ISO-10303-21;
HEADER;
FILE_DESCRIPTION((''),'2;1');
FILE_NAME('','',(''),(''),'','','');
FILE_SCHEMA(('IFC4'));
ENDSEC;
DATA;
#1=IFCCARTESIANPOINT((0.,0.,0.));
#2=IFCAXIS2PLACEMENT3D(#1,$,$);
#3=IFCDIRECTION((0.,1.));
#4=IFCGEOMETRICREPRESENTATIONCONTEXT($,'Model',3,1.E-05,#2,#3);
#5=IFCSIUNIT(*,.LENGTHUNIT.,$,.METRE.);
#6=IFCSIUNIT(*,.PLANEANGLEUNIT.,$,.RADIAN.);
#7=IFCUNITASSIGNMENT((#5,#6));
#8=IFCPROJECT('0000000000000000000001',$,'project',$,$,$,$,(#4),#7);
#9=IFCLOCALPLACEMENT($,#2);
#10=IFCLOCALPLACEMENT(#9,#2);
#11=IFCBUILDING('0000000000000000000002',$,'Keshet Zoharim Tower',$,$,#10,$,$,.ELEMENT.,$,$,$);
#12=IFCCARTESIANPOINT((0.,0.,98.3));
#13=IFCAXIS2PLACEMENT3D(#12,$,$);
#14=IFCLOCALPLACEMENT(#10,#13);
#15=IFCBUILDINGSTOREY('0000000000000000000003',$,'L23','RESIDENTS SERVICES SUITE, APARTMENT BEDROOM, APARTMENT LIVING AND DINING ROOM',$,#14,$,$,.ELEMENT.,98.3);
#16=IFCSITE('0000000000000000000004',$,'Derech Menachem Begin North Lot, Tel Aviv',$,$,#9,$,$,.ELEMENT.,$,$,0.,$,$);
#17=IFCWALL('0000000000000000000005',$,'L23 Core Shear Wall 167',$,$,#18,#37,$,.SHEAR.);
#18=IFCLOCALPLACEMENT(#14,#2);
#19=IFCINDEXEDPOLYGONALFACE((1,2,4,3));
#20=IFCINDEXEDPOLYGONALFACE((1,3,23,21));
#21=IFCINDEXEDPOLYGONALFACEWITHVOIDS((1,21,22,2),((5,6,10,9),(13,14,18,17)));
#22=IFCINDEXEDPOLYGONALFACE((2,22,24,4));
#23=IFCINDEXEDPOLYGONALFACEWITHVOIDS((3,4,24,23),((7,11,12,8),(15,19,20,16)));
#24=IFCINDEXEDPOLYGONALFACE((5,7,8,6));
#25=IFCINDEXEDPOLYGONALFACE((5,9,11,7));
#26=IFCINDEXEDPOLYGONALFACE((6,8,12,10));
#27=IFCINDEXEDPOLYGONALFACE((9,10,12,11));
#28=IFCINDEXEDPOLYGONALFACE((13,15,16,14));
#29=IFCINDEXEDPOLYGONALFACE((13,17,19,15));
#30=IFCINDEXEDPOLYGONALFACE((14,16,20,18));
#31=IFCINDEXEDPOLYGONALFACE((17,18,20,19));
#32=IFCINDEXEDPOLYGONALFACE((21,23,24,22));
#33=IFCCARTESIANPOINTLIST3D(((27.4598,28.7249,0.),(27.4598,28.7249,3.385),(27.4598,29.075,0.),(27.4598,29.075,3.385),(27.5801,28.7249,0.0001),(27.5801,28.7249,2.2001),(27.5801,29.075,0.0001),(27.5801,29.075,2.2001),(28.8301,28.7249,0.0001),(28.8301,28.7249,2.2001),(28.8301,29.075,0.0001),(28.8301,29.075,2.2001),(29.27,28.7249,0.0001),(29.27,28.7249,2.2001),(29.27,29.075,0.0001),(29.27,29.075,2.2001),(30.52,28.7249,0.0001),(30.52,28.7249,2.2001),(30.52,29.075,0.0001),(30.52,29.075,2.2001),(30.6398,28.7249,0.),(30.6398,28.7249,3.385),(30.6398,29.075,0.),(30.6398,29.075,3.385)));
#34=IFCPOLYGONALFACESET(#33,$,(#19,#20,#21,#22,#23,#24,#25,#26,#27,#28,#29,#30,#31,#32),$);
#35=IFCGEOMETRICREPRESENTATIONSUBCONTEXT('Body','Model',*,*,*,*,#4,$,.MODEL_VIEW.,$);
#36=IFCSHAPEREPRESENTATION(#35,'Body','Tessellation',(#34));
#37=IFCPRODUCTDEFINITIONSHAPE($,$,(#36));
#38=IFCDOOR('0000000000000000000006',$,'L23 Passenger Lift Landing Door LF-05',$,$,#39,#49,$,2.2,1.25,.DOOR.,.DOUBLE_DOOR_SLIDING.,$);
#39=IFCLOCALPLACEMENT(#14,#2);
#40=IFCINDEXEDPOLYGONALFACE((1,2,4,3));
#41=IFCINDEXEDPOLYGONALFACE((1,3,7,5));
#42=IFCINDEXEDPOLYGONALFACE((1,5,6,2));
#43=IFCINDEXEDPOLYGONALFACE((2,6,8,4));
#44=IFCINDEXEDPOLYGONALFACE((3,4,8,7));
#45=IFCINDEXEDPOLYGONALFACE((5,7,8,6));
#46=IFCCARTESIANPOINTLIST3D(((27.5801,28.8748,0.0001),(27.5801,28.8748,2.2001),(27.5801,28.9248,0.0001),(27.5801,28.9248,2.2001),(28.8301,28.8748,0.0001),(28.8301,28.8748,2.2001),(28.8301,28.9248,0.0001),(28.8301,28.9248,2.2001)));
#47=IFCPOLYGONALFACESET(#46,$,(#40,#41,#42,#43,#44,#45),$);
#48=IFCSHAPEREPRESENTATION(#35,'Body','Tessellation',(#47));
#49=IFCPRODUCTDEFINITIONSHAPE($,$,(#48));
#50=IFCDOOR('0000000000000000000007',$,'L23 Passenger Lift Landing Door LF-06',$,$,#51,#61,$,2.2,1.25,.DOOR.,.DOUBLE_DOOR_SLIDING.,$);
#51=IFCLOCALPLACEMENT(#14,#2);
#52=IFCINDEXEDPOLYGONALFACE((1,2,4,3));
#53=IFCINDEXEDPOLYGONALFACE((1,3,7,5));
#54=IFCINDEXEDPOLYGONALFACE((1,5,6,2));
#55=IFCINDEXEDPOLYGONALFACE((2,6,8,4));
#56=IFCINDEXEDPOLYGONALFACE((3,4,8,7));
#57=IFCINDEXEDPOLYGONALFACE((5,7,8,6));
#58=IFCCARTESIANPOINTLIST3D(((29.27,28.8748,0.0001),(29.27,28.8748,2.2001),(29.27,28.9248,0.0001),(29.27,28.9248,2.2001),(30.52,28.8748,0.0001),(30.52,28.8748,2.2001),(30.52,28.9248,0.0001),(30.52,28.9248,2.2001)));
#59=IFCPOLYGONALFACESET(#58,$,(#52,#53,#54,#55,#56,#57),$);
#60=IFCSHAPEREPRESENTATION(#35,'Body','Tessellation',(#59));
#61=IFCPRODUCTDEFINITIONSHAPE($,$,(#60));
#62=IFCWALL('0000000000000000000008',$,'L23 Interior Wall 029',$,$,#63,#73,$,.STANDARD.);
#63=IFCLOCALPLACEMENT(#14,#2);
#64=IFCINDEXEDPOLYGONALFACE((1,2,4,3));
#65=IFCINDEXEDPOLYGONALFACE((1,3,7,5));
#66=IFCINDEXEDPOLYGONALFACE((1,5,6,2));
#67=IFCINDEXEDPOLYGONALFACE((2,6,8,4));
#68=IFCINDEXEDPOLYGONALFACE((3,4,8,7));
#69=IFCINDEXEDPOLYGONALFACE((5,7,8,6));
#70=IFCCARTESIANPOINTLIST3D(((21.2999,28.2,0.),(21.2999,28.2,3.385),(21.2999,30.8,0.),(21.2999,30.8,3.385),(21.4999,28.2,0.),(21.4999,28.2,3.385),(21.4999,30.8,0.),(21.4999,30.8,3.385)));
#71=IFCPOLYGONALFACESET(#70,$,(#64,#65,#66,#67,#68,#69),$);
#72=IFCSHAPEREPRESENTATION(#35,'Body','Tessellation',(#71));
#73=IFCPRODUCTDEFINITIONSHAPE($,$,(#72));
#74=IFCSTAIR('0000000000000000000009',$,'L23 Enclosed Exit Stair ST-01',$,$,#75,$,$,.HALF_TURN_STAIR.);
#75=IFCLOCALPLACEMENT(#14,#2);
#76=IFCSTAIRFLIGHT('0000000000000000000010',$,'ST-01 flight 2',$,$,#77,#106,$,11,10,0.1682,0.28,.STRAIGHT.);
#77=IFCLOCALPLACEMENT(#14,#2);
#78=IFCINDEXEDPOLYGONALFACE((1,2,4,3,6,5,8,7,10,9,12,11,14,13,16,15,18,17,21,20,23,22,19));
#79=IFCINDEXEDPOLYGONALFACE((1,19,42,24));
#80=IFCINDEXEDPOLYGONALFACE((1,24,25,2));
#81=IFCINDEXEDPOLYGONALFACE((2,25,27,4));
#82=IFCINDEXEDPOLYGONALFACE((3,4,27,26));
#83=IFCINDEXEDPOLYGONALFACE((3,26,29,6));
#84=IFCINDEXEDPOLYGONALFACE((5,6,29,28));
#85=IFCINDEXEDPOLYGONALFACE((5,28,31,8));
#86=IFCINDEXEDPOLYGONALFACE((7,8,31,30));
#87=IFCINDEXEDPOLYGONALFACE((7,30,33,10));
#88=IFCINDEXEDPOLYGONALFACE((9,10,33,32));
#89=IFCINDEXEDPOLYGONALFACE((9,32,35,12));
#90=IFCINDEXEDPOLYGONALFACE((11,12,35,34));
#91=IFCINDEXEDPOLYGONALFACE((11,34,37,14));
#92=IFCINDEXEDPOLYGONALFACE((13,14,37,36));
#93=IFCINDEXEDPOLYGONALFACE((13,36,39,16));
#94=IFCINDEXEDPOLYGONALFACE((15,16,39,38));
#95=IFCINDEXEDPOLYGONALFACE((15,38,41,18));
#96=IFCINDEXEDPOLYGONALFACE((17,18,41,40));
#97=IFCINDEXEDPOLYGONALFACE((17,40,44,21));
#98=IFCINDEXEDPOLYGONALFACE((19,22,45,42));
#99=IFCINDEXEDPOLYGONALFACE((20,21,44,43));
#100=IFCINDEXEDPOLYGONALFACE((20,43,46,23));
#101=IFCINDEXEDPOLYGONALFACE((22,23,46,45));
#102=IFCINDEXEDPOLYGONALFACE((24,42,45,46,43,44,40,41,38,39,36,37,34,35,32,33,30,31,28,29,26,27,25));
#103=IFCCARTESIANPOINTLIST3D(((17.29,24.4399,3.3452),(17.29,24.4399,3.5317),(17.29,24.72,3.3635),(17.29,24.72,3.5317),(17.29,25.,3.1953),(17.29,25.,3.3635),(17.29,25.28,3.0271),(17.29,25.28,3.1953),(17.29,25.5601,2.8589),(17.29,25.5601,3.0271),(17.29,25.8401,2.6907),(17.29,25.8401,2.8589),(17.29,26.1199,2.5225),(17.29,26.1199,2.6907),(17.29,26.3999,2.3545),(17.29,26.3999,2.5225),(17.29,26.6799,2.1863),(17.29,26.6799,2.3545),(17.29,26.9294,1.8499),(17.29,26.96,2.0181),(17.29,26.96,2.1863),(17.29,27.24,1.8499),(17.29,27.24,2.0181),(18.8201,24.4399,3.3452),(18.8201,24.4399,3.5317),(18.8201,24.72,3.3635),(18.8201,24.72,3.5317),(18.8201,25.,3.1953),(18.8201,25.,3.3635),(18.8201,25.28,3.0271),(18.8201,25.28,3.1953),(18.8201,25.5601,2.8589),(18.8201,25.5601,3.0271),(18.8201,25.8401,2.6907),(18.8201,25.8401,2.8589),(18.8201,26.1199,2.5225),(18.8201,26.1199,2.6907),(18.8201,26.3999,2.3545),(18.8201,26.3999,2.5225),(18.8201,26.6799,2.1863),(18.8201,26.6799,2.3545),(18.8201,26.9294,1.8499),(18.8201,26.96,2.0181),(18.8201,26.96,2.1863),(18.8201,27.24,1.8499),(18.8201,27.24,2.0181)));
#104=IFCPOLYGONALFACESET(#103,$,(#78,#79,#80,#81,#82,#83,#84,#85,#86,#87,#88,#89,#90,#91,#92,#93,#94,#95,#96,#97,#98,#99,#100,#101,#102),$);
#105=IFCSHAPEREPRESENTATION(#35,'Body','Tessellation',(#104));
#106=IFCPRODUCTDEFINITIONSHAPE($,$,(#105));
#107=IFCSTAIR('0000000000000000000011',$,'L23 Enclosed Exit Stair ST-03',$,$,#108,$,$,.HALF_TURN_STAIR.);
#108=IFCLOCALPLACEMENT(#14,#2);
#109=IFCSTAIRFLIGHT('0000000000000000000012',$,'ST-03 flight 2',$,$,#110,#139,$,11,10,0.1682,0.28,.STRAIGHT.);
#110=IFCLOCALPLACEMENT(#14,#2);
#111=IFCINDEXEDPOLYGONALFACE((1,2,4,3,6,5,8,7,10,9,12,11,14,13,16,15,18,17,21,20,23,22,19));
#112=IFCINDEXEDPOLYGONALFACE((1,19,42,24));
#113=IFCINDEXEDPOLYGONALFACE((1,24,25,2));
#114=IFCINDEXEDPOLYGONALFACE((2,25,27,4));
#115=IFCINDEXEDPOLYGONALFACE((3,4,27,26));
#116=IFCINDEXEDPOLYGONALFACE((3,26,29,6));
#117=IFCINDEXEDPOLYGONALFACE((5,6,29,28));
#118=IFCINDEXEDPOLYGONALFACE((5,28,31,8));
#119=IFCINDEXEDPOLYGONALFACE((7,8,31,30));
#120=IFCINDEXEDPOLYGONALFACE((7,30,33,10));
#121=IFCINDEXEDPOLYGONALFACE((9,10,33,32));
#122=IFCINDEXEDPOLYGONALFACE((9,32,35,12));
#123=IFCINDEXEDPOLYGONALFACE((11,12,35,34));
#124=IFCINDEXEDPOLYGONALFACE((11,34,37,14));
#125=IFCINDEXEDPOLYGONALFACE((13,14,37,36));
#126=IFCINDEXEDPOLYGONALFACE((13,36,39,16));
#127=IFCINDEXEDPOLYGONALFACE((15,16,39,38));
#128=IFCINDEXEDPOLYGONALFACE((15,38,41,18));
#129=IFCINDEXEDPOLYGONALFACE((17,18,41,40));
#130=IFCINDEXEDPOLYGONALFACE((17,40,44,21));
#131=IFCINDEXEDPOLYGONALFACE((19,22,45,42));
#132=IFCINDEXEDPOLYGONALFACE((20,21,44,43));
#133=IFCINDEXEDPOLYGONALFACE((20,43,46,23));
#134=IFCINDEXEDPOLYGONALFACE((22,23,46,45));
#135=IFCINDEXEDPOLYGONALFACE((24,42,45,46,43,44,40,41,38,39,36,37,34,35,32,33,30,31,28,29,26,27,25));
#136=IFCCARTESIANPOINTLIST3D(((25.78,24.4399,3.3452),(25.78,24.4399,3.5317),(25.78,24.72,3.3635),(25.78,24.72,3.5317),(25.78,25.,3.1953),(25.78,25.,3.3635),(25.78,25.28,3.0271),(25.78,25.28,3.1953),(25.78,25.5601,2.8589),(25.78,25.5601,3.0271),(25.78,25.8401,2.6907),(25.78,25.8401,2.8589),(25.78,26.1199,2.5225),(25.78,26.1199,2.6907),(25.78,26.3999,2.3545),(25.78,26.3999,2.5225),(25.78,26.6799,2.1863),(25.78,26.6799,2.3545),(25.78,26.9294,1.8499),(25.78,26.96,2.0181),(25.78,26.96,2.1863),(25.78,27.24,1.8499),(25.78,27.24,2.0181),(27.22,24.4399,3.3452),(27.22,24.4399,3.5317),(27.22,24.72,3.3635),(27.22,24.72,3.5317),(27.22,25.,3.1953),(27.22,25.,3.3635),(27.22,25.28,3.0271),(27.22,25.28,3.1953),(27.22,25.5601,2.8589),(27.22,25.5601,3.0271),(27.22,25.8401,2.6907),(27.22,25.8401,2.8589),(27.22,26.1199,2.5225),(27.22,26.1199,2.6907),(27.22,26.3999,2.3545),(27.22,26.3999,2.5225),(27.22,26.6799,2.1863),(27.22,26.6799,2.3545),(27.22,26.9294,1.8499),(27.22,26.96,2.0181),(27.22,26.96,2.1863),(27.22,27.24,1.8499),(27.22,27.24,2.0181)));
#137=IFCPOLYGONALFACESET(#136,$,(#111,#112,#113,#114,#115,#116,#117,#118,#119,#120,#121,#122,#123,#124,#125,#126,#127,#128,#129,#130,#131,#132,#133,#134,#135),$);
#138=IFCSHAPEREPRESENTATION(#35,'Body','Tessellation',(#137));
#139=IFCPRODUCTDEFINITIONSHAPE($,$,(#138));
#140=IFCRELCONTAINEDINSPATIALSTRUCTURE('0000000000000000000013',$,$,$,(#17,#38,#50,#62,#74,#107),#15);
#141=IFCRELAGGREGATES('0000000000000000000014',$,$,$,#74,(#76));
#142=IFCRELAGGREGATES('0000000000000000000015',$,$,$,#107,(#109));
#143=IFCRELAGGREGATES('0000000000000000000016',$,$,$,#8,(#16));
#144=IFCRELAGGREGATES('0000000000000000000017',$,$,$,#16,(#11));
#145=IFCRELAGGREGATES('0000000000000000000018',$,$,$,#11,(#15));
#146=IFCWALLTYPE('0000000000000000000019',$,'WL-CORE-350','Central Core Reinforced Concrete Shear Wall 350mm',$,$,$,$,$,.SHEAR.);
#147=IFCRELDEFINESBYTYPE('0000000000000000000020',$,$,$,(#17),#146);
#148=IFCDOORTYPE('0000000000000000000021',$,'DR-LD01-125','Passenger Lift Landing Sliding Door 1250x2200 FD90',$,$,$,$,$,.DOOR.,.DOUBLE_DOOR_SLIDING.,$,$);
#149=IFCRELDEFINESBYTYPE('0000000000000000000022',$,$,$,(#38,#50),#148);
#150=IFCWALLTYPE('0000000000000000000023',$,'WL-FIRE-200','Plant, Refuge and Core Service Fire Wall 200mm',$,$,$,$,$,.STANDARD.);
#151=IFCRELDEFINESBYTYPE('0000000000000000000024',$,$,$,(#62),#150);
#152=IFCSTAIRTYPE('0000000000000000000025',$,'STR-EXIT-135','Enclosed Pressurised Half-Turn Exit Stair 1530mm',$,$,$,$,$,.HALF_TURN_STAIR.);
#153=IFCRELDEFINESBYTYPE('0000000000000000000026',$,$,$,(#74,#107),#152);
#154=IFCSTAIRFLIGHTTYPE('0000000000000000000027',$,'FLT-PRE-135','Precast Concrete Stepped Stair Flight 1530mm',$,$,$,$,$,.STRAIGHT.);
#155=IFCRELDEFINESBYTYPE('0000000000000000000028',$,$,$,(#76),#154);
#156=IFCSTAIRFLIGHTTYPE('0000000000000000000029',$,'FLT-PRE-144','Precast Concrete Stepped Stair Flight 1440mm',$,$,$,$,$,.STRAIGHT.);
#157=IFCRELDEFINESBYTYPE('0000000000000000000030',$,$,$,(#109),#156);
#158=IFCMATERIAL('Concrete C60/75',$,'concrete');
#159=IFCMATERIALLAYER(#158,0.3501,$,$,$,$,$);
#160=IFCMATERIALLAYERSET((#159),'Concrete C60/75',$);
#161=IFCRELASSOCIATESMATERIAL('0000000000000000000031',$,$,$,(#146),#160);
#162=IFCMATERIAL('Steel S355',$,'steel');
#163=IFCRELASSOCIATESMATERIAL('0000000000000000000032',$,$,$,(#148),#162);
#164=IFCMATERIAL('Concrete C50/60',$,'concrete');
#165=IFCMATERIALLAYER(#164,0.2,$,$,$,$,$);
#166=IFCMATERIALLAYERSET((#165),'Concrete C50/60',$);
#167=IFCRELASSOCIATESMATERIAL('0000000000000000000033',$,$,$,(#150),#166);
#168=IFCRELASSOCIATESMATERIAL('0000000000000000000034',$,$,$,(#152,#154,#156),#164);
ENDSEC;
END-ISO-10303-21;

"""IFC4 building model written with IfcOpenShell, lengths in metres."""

from ifc_helpers import new_model, si_unit, direction, frame, frame_2d, origin, place, context, subcontext, project, spatial, polyline, rectangle, outline, extrude, material, layer, layer_set, type_object, element, fill, aggregate, save


model = new_model("IFC4")

# Units and contexts
model_context = context("Model", 3, precision=1e-05, world=origin(), true_north=direction((0.0, 1.0)))
body_context = subcontext(model_context, "Body", "Model", "MODEL_VIEW")
ifc_project = project(units=[si_unit("LENGTHUNIT", "METRE"), si_unit("PLANEANGLEUNIT", "RADIAN")], contexts=[model_context])

# Site, building, storey
site_placement = place(None, origin())
site = spatial("IfcSite", under=ifc_project, at=site_placement, Name="Derech Menachem Begin North Lot, Tel Aviv", CompositionType="ELEMENT", RefElevation=0.0)
building_placement = place(site_placement, origin())
building = spatial("IfcBuilding", under=site, at=building_placement, Name="Keshet Zoharim Tower", CompositionType="ELEMENT")
storey_placement = place(building_placement, frame((0.0, 0.0, 98.3)))
storey = spatial("IfcBuildingStorey", under=building, at=storey_placement, Name="L23", Description="RESIDENTS SERVICES SUITE, APARTMENT BEDROOM, APARTMENT LIVING AND DINING ROOM", CompositionType="ELEMENT", Elevation=98.3)

# Shared definitions
ifc_material_1 = material(Name="Concrete C60/75", Category="concrete")
ifc_layer_1 = layer(ifc_material_1, 0.3501)
ifc_layer_set_1 = layer_set([ifc_layer_1], Name="Concrete C60/75")
wall_type_1 = type_object("IfcWallType", Name="WL-CORE-350", Description="Central Core Reinforced Concrete Shear Wall 350mm", PredefinedType="SHEAR", material=ifc_layer_set_1)

# Wall, openings, doors
ifc_material_2 = material(Name="Steel S355", Category="steel")
door_type_1 = type_object("IfcDoorType", Name="DR-LD01-125", Description="Passenger Lift Landing Sliding Door 1250x2200 FD90", OperationType="DOUBLE_DOOR_SLIDING", PredefinedType="DOOR", material=ifc_material_2)
wall_1_placement = place(storey_placement, frame((27.46, 28.8999, 0.0), z_axis=(0.0, 0.0, 1.0), x_axis=(1.0, 0.0, 0.0)))
wall_1 = element("IfcWall", 1, at=wall_1_placement, inside=storey, type_object=wall_type_1, Name="L23 Core Shear Wall 167", PredefinedType="SHEAR", context=body_context, shape_type="SweptSolid", body=[
    extrude(rectangle(XDim=3.1799, YDim=0.3501, at=frame_2d((1.5898, 0.0))), origin(), (0.0, 0.0, 1.0), 3.385),
])
opening_1_placement = place(wall_1_placement, frame((0.1201, 0.0, 0.0)))
opening_1 = element("IfcOpeningElement", 2, at=opening_1_placement, cuts=wall_1, PredefinedType="OPENING", context=body_context, shape_type="SweptSolid", body=[
    extrude(rectangle(XDim=1.25, YDim=2.2, at=frame_2d((0.625, 1.1001))), frame((0.0, 0.1851, 0.0), z_axis=(0.0, -1.0, 0.0), x_axis=(1.0, 0.0, 0.0)), (0.0, 0.0, 1.0), 0.3701),
])
opening_2_placement = place(wall_1_placement, frame((1.8101, 0.0, 0.0)))
opening_2 = element("IfcOpeningElement", 3, at=opening_2_placement, cuts=wall_1, PredefinedType="OPENING", context=body_context, shape_type="SweptSolid", body=[
    extrude(rectangle(XDim=1.25, YDim=2.2, at=frame_2d((0.625, 1.1001))), frame((0.0, 0.1851, 0.0), z_axis=(0.0, -1.0, 0.0), x_axis=(1.0, 0.0, 0.0)), (0.0, 0.0, 1.0), 0.3701),
])
door_1_placement = place(opening_1_placement, origin())
door_1 = element("IfcDoor", 4, at=door_1_placement, inside=storey, type_object=door_type_1, Name="L23 Passenger Lift Landing Door LF-05", OperationType="DOUBLE_DOOR_SLIDING", OverallHeight=2.2, OverallWidth=1.25, PredefinedType="DOOR", context=body_context, shape_type="SweptSolid", body=[
    extrude(rectangle(XDim=1.25, YDim=2.2, at=frame_2d((0.625, 1.1001))), frame((0.0, 0.0249, 0.0), z_axis=(0.0, -1.0, 0.0), x_axis=(1.0, 0.0, 0.0)), (0.0, 0.0, 1.0), 0.05),
])
fill(opening_1, door_1)
door_2_placement = place(opening_2_placement, origin())
door_2 = element("IfcDoor", 5, at=door_2_placement, inside=storey, type_object=door_type_1, Name="L23 Passenger Lift Landing Door LF-06", OperationType="DOUBLE_DOOR_SLIDING", OverallHeight=2.2, OverallWidth=1.25, PredefinedType="DOOR", context=body_context, shape_type="SweptSolid", body=[
    extrude(rectangle(XDim=1.25, YDim=2.2, at=frame_2d((0.625, 1.1001))), frame((0.0, 0.0249, 0.0), z_axis=(0.0, -1.0, 0.0), x_axis=(1.0, 0.0, 0.0)), (0.0, 0.0, 1.0), 0.05),
])
fill(opening_2, door_2)

# Wall
ifc_material_3 = material(Name="Concrete C50/60", Category="concrete")
ifc_layer_2 = layer(ifc_material_3, 0.2)
ifc_layer_set_2 = layer_set([ifc_layer_2], Name="Concrete C50/60")
wall_type_2 = type_object("IfcWallType", Name="WL-FIRE-200", Description="Plant, Refuge and Core Service Fire Wall 200mm", PredefinedType="STANDARD", material=ifc_layer_set_2)
wall_2_placement = place(storey_placement, frame((21.3999, 28.2, 0.0), z_axis=(0.0, 0.0, 1.0), x_axis=(0.0, 1.0, 0.0)))
element("IfcWall", 6, at=wall_2_placement, inside=storey, type_object=wall_type_2, Name="L23 Interior Wall 029", PredefinedType="STANDARD", context=body_context, shape_type="SweptSolid", body=[
    extrude(rectangle(XDim=2.6001, YDim=0.2, at=frame_2d((1.3, 0.0))), origin(), (0.0, 0.0, 1.0), 3.385),
])

# Stairs, stair flights
stair_type = type_object("IfcStairType", Name="STR-EXIT-135", Description="Enclosed Pressurised Half-Turn Exit Stair 1530mm", PredefinedType="HALF_TURN_STAIR", material=ifc_material_3)
stair_1_placement = place(storey_placement, origin())
stair_1 = element("IfcStair", 7, at=stair_1_placement, inside=storey, type_object=stair_type, Name="L23 Enclosed Exit Stair ST-01", PredefinedType="HALF_TURN_STAIR")
stair_flight_type_1 = type_object("IfcStairFlightType", Name="FLT-PRE-135", Description="Precast Concrete Stepped Stair Flight 1530mm", PredefinedType="STRAIGHT", material=ifc_material_3)
stair_flight_1_placement = place(storey_placement, frame((18.0549, 27.24, 1.8499), z_axis=(0.0, 0.0, 1.0), x_axis=(0.0, -1.0, 0.0)))
stair_flight_1 = element("IfcStairFlight", 8, at=stair_flight_1_placement, type_object=stair_flight_type_1, Name="ST-01 flight 2", NumberOfRisers=11, NumberOfTreads=10, PredefinedType="STRAIGHT", RiserHeight=0.1682, TreadLength=0.28, context=body_context, shape_type="SweptSolid", body=[
    extrude(outline(polyline([(0.0, 0.0), (0.0, 0.1682), (0.28, 0.1682), (0.28, 0.3364), (0.5601, 0.3364), (0.5601, 0.5046), (0.8401, 0.5046), (0.8401, 0.6726), (1.1201, 0.6726), (1.1201, 0.8408), (1.3999, 0.8408), (1.3999, 1.009), (1.6799, 1.009), (1.6799, 1.1772), (1.96, 1.1772), (1.96, 1.3455), (2.24, 1.3455), (2.24, 1.5137), (2.52, 1.5137), (2.52, 1.6819), (2.8, 1.6819), (2.8, 1.8501), (2.8, 1.4954), (0.3105, 0.0), (0.0, 0.0)])), frame((0.0, 0.7651, 0.0), z_axis=(0.0, -1.0, 0.0), x_axis=(1.0, 0.0, 0.0)), (0.0, 0.0, 1.0), 1.53),
])
aggregate(stair_1, [stair_flight_1])
stair_2_placement = place(storey_placement, origin())
stair_2 = element("IfcStair", 9, at=stair_2_placement, inside=storey, type_object=stair_type, Name="L23 Enclosed Exit Stair ST-03", PredefinedType="HALF_TURN_STAIR")
stair_flight_type_2 = type_object("IfcStairFlightType", Name="FLT-PRE-144", Description="Precast Concrete Stepped Stair Flight 1440mm", PredefinedType="STRAIGHT", material=ifc_material_3)
stair_flight_2_placement = place(storey_placement, frame((26.5, 27.24, 1.8499), z_axis=(0.0, 0.0, 1.0), x_axis=(0.0, -1.0, 0.0)))
stair_flight_2 = element("IfcStairFlight", 10, at=stair_flight_2_placement, type_object=stair_flight_type_2, Name="ST-03 flight 2", NumberOfRisers=11, NumberOfTreads=10, PredefinedType="STRAIGHT", RiserHeight=0.1682, TreadLength=0.28, context=body_context, shape_type="SweptSolid", body=[
    extrude(outline(polyline([(0.0, 0.0), (0.0, 0.1682), (0.28, 0.1682), (0.28, 0.3364), (0.5601, 0.3364), (0.5601, 0.5046), (0.8401, 0.5046), (0.8401, 0.6726), (1.1201, 0.6726), (1.1201, 0.8408), (1.3999, 0.8408), (1.3999, 1.009), (1.6799, 1.009), (1.6799, 1.1772), (1.96, 1.1772), (1.96, 1.3455), (2.24, 1.3455), (2.24, 1.5137), (2.52, 1.5137), (2.52, 1.6819), (2.8, 1.6819), (2.8, 1.8501), (2.8, 1.4954), (0.3105, 0.0), (0.0, 0.0)])), frame((0.0, 0.72, 0.0), z_axis=(0.0, -1.0, 0.0), x_axis=(1.0, 0.0, 0.0)), (0.0, 0.0, 1.0), 1.4399),
])
aggregate(stair_2, [stair_flight_2])

save(model, "model.ifc")
